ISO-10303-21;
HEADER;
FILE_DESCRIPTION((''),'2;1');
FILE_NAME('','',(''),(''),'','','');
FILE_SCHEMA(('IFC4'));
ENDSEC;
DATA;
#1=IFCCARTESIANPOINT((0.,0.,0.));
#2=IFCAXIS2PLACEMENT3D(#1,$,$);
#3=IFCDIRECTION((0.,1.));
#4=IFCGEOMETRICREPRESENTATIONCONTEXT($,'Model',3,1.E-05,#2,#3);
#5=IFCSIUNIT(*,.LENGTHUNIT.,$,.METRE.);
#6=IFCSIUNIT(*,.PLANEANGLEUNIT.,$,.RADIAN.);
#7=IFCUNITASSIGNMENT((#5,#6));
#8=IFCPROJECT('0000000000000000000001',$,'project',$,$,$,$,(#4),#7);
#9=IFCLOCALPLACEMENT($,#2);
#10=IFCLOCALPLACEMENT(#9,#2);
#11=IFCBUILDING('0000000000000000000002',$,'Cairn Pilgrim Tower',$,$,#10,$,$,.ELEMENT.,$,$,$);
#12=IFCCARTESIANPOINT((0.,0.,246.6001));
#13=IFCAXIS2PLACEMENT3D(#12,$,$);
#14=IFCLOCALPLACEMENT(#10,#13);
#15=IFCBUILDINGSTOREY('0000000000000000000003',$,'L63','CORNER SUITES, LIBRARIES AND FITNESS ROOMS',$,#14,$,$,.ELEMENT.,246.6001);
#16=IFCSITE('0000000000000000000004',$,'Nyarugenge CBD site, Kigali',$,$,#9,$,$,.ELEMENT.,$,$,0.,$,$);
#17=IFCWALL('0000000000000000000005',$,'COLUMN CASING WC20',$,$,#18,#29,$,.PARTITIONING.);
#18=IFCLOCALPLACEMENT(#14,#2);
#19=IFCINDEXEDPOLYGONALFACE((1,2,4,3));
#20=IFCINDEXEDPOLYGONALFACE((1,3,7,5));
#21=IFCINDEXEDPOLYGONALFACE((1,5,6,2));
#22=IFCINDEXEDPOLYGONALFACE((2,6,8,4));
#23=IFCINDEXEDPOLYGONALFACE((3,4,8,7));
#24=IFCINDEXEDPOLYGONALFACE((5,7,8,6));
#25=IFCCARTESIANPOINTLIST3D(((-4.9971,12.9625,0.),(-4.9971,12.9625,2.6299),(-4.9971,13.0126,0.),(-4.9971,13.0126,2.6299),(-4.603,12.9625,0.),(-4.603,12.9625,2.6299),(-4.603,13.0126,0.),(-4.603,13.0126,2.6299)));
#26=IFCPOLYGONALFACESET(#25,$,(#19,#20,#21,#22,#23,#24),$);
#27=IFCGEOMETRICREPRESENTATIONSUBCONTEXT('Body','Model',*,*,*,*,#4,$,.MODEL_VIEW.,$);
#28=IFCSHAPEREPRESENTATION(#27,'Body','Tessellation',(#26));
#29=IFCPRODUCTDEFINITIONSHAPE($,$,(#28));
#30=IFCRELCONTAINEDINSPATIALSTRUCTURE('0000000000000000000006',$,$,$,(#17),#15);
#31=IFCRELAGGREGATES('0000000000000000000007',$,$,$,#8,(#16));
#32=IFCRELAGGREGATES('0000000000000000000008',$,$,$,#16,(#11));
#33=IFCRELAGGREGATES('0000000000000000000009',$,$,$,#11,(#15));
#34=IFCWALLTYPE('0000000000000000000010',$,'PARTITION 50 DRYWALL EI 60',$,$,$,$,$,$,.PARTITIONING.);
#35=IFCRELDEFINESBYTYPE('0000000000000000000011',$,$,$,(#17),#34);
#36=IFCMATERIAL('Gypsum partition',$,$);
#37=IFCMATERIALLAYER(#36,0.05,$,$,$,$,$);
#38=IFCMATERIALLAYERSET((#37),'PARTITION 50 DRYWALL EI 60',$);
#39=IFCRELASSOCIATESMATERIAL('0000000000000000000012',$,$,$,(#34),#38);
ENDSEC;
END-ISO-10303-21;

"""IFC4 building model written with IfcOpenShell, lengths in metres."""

from ifc_helpers import new_model, si_unit, direction, frame, frame_2d, origin, place, context, subcontext, project, spatial, rectangle, extrude, material, layer, layer_set, type_object, element, save


model = new_model("IFC4")

# Units and contexts
model_context = context("Model", 3, precision=1e-05, world=origin(), true_north=direction((0.0, 1.0)))
body_context = subcontext(model_context, "Body", "Model", "MODEL_VIEW")
ifc_project = project(units=[si_unit("LENGTHUNIT", "METRE"), si_unit("PLANEANGLEUNIT", "RADIAN")], contexts=[model_context])

# Site, building, storey
site_placement = place(None, origin())
site = spatial("IfcSite", under=ifc_project, at=site_placement, Name="Nyarugenge CBD site, Kigali", CompositionType="ELEMENT", RefElevation=0.0)
building_placement = place(site_placement, origin())
building = spatial("IfcBuilding", under=site, at=building_placement, Name="Cairn Pilgrim Tower", CompositionType="ELEMENT")
storey_placement = place(building_placement, frame((0.0, 0.0, 246.6001)))
storey = spatial("IfcBuildingStorey", under=building, at=storey_placement, Name="L63", Description="CORNER SUITES, LIBRARIES AND FITNESS ROOMS", CompositionType="ELEMENT", Elevation=246.6001)

# Shared definitions
ifc_material_1 = material(Name="Gypsum partition")

# Wall
ifc_layer_1 = layer(ifc_material_1, 0.05)
ifc_layer_set_1 = layer_set([ifc_layer_1], Name="PARTITION 50 DRYWALL EI 60")
wall_type_1 = type_object("IfcWallType", Name="PARTITION 50 DRYWALL EI 60", PredefinedType="PARTITIONING", material=ifc_layer_set_1)
wall_1_placement = place(storey_placement, frame((-4.9971, 12.9875, 0.0), z_axis=(0.0, 0.0, 1.0), x_axis=(1.0, 0.0, 0.0)))
element("IfcWall", 1, at=wall_1_placement, inside=storey, type_object=wall_type_1, Name="COLUMN CASING WC20", PredefinedType="PARTITIONING", context=body_context, shape_type="SweptSolid", body=[
    extrude(rectangle(XDim=0.394, YDim=0.05, at=frame_2d((0.197, 0.0))), origin(), (0.0, 0.0, 1.0), 2.6299),
])

save(model, "model.ifc")
